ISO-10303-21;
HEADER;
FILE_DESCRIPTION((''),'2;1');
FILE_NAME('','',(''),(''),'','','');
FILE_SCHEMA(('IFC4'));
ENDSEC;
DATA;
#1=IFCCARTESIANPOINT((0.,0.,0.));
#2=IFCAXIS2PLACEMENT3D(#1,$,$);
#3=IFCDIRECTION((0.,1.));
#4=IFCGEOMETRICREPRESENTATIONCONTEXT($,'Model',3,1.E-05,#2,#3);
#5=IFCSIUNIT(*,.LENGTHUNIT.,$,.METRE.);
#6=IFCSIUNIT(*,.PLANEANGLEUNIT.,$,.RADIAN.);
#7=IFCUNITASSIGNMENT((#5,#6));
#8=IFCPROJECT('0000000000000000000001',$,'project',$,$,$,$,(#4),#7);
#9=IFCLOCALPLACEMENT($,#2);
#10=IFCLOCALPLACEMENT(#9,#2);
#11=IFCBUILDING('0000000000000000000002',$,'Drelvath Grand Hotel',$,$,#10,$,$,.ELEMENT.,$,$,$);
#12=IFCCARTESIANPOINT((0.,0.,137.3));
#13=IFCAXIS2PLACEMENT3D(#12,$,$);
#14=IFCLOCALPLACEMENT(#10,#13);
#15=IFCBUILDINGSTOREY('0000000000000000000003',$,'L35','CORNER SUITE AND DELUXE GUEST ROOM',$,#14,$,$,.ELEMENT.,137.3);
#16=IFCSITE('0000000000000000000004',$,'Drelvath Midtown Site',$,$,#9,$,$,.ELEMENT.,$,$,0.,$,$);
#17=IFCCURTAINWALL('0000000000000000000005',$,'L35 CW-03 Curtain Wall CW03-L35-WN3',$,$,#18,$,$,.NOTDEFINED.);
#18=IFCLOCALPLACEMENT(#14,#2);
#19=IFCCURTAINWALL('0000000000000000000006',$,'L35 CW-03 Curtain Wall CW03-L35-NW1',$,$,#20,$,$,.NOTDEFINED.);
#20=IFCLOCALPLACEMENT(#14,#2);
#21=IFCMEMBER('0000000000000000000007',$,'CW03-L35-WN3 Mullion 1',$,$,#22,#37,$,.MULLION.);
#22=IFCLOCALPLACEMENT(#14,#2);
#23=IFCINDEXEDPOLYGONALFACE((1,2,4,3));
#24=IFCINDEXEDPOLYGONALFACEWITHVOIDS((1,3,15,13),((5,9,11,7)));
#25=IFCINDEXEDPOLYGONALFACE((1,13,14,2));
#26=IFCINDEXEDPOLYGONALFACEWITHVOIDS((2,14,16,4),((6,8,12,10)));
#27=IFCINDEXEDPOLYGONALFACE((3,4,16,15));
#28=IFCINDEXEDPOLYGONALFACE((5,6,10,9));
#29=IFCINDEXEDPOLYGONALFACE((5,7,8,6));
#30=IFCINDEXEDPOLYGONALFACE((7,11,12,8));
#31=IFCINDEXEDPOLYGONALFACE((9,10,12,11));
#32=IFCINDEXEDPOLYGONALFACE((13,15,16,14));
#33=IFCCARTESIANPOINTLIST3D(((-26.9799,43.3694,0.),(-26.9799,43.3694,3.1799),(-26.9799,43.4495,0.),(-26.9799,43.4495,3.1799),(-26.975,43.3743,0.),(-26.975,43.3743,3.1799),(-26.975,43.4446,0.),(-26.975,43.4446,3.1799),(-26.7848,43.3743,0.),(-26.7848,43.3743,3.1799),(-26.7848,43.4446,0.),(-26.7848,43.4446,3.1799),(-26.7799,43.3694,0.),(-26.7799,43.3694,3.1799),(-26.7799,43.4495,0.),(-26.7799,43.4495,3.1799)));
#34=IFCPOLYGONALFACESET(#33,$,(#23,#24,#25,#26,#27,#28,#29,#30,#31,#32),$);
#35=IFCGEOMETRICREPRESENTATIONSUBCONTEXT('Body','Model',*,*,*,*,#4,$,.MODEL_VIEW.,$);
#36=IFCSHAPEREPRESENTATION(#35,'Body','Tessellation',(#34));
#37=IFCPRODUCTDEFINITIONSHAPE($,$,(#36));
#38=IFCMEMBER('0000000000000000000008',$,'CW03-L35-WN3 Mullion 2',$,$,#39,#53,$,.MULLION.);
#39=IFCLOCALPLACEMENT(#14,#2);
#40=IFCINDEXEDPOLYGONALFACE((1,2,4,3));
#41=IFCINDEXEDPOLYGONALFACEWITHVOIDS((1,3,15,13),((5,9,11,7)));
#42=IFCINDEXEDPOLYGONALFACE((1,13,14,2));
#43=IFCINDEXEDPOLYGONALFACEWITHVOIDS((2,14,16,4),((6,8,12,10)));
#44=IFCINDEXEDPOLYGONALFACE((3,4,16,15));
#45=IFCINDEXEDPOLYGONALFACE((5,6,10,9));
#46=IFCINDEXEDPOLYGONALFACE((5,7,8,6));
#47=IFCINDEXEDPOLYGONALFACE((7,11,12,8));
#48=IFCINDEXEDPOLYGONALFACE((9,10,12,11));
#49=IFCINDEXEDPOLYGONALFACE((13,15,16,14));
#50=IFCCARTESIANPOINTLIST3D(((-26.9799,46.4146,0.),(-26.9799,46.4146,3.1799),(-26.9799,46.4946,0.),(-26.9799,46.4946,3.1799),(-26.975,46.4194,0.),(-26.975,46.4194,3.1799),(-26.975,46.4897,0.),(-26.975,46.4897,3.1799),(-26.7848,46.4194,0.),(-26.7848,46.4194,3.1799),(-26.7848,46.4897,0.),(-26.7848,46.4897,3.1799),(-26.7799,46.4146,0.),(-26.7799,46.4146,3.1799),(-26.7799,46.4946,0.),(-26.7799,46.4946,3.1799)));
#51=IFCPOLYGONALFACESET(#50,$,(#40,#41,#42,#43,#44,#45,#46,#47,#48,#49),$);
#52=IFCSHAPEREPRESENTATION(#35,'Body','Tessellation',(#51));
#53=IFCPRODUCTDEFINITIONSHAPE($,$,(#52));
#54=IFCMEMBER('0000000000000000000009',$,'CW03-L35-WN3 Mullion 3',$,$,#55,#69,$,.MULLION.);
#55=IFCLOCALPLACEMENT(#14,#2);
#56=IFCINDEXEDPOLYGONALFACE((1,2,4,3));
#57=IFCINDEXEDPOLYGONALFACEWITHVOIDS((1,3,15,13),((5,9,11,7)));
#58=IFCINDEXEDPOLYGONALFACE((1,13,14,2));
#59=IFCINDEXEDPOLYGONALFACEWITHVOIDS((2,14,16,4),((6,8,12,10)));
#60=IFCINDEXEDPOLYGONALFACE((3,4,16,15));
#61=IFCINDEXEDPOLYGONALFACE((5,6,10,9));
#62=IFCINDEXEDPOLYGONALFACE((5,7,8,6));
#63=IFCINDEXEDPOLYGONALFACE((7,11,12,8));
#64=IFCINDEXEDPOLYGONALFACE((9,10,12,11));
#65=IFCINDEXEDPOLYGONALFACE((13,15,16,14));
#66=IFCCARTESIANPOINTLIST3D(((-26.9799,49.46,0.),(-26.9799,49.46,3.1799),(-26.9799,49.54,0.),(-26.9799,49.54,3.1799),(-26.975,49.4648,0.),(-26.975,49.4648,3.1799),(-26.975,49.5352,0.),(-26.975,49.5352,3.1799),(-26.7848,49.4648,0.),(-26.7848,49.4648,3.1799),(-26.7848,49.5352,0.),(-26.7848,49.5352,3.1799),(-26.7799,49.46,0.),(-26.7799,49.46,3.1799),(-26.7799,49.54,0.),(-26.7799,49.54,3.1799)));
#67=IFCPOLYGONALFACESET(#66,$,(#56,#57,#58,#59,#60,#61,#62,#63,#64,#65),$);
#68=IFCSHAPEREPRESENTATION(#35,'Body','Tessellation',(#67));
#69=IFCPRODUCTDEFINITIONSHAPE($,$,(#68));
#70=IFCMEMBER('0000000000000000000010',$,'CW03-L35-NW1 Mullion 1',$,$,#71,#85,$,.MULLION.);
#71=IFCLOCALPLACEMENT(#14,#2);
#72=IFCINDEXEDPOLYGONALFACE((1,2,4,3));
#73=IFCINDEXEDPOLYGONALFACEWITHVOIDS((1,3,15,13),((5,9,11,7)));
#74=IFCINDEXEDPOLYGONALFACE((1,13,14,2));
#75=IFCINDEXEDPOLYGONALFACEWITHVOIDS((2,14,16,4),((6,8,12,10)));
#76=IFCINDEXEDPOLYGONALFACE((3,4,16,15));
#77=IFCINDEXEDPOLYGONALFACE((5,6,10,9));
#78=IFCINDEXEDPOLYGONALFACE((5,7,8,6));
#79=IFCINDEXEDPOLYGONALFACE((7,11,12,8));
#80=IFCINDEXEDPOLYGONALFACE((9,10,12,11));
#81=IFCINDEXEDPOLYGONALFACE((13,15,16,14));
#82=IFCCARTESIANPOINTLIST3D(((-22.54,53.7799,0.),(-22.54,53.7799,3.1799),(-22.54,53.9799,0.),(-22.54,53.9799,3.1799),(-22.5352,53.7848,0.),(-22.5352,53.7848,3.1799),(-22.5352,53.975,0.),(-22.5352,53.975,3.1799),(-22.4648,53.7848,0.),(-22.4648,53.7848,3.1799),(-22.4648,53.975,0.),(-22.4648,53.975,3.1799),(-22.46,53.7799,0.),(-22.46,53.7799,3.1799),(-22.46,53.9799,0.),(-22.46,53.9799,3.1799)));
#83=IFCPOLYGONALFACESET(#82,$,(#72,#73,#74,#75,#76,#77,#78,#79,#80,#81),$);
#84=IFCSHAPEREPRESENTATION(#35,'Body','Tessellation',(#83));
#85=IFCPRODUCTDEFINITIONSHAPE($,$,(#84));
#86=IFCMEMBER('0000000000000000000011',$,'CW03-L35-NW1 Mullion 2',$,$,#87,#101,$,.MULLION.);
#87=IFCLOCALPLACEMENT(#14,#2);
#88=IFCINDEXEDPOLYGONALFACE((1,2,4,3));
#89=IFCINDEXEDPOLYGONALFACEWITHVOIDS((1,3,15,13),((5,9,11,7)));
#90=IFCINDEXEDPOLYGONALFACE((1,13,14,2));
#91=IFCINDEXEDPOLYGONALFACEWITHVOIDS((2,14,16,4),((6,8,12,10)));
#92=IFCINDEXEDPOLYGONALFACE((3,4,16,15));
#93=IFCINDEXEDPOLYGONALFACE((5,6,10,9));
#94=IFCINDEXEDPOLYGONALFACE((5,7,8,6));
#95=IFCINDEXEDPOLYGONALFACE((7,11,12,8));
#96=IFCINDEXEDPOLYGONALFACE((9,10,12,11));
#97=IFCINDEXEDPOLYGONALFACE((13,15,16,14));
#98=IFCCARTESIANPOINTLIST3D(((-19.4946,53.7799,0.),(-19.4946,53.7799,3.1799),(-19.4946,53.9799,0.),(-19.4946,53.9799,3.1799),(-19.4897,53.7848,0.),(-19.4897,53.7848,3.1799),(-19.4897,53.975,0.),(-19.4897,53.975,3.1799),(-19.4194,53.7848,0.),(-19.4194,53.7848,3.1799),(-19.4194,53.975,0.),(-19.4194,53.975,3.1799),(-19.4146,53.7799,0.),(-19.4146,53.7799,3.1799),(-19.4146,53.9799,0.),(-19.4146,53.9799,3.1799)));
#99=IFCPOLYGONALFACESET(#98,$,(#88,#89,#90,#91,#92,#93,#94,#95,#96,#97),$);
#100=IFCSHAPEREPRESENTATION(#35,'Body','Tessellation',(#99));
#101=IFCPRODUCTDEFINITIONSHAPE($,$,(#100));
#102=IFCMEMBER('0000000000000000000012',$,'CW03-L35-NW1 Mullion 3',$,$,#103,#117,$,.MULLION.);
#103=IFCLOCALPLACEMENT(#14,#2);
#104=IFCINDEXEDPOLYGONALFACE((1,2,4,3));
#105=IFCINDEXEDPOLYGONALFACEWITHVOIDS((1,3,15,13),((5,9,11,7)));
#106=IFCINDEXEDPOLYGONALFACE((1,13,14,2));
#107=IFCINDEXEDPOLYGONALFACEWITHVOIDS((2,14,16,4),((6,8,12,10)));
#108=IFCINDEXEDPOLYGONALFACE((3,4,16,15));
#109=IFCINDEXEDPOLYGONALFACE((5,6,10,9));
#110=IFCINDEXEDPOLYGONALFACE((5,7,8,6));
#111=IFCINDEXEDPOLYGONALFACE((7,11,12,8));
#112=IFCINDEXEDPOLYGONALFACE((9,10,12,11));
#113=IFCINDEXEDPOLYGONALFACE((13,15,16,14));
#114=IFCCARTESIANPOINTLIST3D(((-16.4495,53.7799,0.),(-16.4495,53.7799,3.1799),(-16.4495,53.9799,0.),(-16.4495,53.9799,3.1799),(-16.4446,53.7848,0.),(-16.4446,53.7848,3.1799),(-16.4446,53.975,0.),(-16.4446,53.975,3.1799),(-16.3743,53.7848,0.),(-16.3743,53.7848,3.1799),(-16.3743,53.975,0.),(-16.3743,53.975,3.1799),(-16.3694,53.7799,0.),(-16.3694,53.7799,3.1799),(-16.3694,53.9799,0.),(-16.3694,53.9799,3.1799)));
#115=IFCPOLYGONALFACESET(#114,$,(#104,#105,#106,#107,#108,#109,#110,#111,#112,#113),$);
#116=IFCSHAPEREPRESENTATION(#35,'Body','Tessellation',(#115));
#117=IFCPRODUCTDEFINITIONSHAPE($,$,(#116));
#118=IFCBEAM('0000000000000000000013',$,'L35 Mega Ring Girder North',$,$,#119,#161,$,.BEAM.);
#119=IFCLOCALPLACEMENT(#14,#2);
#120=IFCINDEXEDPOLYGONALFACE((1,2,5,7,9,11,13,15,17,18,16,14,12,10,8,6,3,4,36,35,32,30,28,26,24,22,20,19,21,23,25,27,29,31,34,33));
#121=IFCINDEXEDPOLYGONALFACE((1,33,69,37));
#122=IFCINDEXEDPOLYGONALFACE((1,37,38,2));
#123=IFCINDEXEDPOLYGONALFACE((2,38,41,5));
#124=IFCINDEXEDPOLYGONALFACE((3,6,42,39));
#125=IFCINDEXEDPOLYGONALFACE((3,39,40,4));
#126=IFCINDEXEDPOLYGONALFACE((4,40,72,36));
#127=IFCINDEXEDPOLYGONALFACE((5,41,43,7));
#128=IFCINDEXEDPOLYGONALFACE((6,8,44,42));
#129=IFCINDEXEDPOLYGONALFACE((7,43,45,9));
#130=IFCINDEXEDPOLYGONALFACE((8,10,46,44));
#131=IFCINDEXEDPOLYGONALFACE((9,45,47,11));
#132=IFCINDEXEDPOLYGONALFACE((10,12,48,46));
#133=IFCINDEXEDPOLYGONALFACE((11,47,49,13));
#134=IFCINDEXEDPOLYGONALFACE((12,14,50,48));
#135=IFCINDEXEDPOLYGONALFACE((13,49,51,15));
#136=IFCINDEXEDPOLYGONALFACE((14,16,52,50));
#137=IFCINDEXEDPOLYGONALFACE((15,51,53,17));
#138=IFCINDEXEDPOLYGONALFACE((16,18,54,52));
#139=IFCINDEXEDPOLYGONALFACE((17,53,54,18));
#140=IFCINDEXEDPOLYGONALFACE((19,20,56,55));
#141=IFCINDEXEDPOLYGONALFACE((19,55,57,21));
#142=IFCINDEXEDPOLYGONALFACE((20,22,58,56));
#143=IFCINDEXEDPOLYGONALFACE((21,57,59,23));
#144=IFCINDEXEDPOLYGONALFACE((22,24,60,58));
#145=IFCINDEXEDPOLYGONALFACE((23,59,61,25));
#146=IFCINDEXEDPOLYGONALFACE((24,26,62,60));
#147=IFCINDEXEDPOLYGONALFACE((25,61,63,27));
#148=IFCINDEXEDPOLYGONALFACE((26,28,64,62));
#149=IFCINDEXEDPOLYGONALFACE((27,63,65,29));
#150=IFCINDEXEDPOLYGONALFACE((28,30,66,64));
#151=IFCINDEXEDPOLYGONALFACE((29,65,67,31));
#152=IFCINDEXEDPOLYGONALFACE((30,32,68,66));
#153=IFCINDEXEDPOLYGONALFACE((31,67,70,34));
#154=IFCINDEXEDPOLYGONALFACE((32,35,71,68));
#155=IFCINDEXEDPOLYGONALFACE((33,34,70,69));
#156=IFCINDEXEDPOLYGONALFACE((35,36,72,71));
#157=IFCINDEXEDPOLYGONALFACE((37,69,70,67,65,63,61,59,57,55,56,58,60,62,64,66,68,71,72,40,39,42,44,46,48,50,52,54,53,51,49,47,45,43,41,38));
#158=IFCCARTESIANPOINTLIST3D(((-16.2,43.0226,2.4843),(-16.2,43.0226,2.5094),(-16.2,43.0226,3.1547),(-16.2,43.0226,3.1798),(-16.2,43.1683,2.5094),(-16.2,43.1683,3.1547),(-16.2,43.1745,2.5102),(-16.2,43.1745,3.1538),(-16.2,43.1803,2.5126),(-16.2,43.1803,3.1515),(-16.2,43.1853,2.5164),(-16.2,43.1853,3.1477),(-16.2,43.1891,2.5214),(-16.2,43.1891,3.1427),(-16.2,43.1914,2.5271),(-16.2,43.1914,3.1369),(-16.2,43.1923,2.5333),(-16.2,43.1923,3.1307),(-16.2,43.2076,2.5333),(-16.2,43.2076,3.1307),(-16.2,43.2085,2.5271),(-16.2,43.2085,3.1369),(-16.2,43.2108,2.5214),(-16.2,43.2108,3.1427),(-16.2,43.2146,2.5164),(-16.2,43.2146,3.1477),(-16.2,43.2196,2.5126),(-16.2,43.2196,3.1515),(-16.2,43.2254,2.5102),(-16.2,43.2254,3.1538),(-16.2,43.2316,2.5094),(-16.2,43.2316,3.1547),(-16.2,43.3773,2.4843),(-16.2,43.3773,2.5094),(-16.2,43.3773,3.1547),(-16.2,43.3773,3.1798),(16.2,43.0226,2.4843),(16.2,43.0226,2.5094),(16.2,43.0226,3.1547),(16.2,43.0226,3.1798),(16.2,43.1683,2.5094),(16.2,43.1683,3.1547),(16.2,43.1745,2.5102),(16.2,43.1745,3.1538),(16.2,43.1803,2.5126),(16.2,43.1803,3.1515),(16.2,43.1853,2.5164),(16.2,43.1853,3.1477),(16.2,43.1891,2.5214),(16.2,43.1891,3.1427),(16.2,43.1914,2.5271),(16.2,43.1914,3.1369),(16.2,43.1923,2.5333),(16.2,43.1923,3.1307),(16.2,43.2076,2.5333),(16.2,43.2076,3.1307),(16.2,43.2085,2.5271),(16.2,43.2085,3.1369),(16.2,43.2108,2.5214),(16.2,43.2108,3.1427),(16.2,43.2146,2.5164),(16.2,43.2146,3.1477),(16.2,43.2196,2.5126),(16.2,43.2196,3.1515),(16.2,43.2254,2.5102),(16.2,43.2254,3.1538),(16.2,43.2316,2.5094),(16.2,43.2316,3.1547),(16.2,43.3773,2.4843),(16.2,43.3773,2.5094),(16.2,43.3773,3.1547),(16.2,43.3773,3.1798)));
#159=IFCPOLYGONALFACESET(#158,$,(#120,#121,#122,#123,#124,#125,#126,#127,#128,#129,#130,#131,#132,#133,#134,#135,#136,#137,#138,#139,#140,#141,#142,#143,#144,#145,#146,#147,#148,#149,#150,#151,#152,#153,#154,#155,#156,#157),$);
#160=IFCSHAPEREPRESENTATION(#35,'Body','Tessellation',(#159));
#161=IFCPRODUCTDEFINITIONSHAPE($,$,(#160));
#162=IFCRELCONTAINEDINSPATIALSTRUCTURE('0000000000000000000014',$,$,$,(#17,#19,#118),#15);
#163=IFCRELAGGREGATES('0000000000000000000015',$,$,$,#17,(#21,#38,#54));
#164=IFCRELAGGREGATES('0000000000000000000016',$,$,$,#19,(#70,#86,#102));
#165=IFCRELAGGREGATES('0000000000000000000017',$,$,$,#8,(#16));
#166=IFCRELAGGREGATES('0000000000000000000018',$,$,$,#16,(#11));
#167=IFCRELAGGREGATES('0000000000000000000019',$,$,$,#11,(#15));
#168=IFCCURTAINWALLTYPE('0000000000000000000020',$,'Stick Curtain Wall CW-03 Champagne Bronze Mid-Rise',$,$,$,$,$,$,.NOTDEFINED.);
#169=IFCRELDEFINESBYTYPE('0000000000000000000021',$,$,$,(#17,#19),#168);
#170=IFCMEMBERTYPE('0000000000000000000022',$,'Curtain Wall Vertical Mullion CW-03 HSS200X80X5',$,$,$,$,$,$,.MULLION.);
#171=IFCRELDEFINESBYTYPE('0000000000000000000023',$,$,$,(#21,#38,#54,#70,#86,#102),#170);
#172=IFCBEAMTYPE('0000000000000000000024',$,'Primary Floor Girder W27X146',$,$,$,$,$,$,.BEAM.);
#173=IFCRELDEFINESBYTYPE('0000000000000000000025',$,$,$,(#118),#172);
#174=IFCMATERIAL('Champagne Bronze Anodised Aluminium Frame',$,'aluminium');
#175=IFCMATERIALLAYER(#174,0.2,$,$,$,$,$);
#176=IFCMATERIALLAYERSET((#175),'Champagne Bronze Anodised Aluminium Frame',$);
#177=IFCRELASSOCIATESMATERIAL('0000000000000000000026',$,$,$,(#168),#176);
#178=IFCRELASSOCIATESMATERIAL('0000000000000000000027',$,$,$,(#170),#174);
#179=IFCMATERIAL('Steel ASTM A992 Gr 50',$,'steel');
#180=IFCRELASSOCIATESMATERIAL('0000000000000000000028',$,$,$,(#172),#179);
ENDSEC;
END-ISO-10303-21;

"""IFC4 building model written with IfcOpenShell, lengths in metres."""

from ifc_helpers import new_model, si_unit, direction, frame, origin, origin_2d, place, context, subcontext, project, spatial, hollow_rectangle, i_section, extrude, material, layer, layer_set, material_profile, profile_set, type_object, element, aggregate, save


model = new_model("IFC4")

# Units and contexts
model_context = context("Model", 3, precision=1e-05, world=origin(), true_north=direction((0.0, 1.0)))
body_context = subcontext(model_context, "Body", "Model", "MODEL_VIEW")
ifc_project = project(units=[si_unit("LENGTHUNIT", "METRE"), si_unit("PLANEANGLEUNIT", "RADIAN")], contexts=[model_context])

# Site, building, storey
site_placement = place(None, origin())
site = spatial("IfcSite", under=ifc_project, at=site_placement, Name="Drelvath Midtown Site", CompositionType="ELEMENT", RefElevation=0.0)
building_placement = place(site_placement, origin())
building = spatial("IfcBuilding", under=site, at=building_placement, Name="Drelvath Grand Hotel", CompositionType="ELEMENT")
storey_placement = place(building_placement, frame((0.0, 0.0, 137.3)))
storey = spatial("IfcBuildingStorey", under=building, at=storey_placement, Name="L35", Description="CORNER SUITE AND DELUXE GUEST ROOM", CompositionType="ELEMENT", Elevation=137.3)

# Shared definitions
ifc_material_1 = material(Name="Steel ASTM A992 Gr 50", Category="steel")

# Curtain walls
ifc_material_2 = material(Name="Champagne Bronze Anodised Aluminium Frame", Category="aluminium")
ifc_layer_1 = layer(ifc_material_2, 0.2)
ifc_layer_set_1 = layer_set([ifc_layer_1], Name="Champagne Bronze Anodised Aluminium Frame")
curtain_wall_type = type_object("IfcCurtainWallType", Name="Stick Curtain Wall CW-03 Champagne Bronze Mid-Rise", PredefinedType="NOTDEFINED", material=ifc_layer_set_1)
curtain_wall_1_placement = place(storey_placement, origin())
curtain_wall_1 = element("IfcCurtainWall", 1, at=curtain_wall_1_placement, inside=storey, type_object=curtain_wall_type, Name="L35 CW-03 Curtain Wall CW03-L35-WN3", PredefinedType="NOTDEFINED")
curtain_wall_2_placement = place(storey_placement, origin())
curtain_wall_2 = element("IfcCurtainWall", 2, at=curtain_wall_2_placement, inside=storey, type_object=curtain_wall_type, Name="L35 CW-03 Curtain Wall CW03-L35-NW1", PredefinedType="NOTDEFINED")

# Shared definitions
ifc_material_profile_1 = material_profile(ifc_material_2, hollow_rectangle(XDim=0.0801, YDim=0.2, WallThickness=0.0049, at=origin_2d()), Name="HSS200X80X5")
ifc_profile_set_1 = profile_set([ifc_material_profile_1], Name="Champagne Bronze Anodised Aluminium Frame")
member_type_1 = type_object("IfcMemberType", Name="Curtain Wall Vertical Mullion CW-03 HSS200X80X5", PredefinedType="MULLION", material=ifc_profile_set_1)

# Members
member_1_placement = place(storey_placement, frame((-26.8799, 43.4094, 0.0), z_axis=(0.0, 0.0, 1.0), x_axis=(0.0, 1.0, 0.0)))
member_1 = element("IfcMember", 3, at=member_1_placement, type_object=member_type_1, Name="CW03-L35-WN3 Mullion 1", PredefinedType="MULLION", context=body_context, shape_type="SweptSolid", body=[
    extrude(hollow_rectangle(XDim=0.0801, YDim=0.2, WallThickness=0.0049, at=origin_2d()), origin(), (0.0, 0.0, 1.0), 3.1799),
])
member_2_placement = place(storey_placement, frame((-26.8799, 46.4546, 0.0), z_axis=(0.0, 0.0, 1.0), x_axis=(0.0, 1.0, 0.0)))
member_2 = element("IfcMember", 4, at=member_2_placement, type_object=member_type_1, Name="CW03-L35-WN3 Mullion 2", PredefinedType="MULLION", context=body_context, shape_type="SweptSolid", body=[
    extrude(hollow_rectangle(XDim=0.0801, YDim=0.2, WallThickness=0.0049, at=origin_2d()), origin(), (0.0, 0.0, 1.0), 3.1799),
])
member_3_placement = place(storey_placement, frame((-26.8799, 49.5, 0.0), z_axis=(0.0, 0.0, 1.0), x_axis=(0.0, 1.0, 0.0)))
member_3 = element("IfcMember", 5, at=member_3_placement, type_object=member_type_1, Name="CW03-L35-WN3 Mullion 3", PredefinedType="MULLION", context=body_context, shape_type="SweptSolid", body=[
    extrude(hollow_rectangle(XDim=0.0801, YDim=0.2, WallThickness=0.0049, at=origin_2d()), origin(), (0.0, 0.0, 1.0), 3.1799),
])
member_4_placement = place(storey_placement, frame((-22.5, 53.8799, 0.0), z_axis=(0.0, 0.0, 1.0), x_axis=(1.0, 0.0, 0.0)))
member_4 = element("IfcMember", 6, at=member_4_placement, type_object=member_type_1, Name="CW03-L35-NW1 Mullion 1", PredefinedType="MULLION", context=body_context, shape_type="SweptSolid", body=[
    extrude(hollow_rectangle(XDim=0.0801, YDim=0.2, WallThickness=0.0049, at=origin_2d()), origin(), (0.0, 0.0, 1.0), 3.1799),
])
member_5_placement = place(storey_placement, frame((-19.4546, 53.8799, 0.0), z_axis=(0.0, 0.0, 1.0), x_axis=(1.0, 0.0, 0.0)))
member_5 = element("IfcMember", 7, at=member_5_placement, type_object=member_type_1, Name="CW03-L35-NW1 Mullion 2", PredefinedType="MULLION", context=body_context, shape_type="SweptSolid", body=[
    extrude(hollow_rectangle(XDim=0.0801, YDim=0.2, WallThickness=0.0049, at=origin_2d()), origin(), (0.0, 0.0, 1.0), 3.1799),
])
member_6_placement = place(storey_placement, frame((-16.4094, 53.8799, 0.0), z_axis=(0.0, 0.0, 1.0), x_axis=(1.0, 0.0, 0.0)))
member_6 = element("IfcMember", 8, at=member_6_placement, type_object=member_type_1, Name="CW03-L35-NW1 Mullion 3", PredefinedType="MULLION", context=body_context, shape_type="SweptSolid", body=[
    extrude(hollow_rectangle(XDim=0.0801, YDim=0.2, WallThickness=0.0049, at=origin_2d()), origin(), (0.0, 0.0, 1.0), 3.1799),
])

# Beam
ifc_material_profile_2 = material_profile(ifc_material_1, i_section(OverallWidth=0.3547, OverallDepth=0.6956, WebThickness=0.0154, FlangeThickness=0.0251, FilletRadius=0.0239, at=origin_2d()), Name="W27X146")
ifc_profile_set_2 = profile_set([ifc_material_profile_2], Name="Steel ASTM A992 Gr 50")
beam_type_1 = type_object("IfcBeamType", Name="Primary Floor Girder W27X146", PredefinedType="BEAM", material=ifc_profile_set_2)
beam_1_placement = place(storey_placement, frame((-16.2, 43.2, 2.832), z_axis=(1.0, 0.0, 0.0), x_axis=(0.0, 1.0, 0.0)))
element("IfcBeam", 9, at=beam_1_placement, inside=storey, type_object=beam_type_1, Name="L35 Mega Ring Girder North", PredefinedType="BEAM", context=body_context, shape_type="SweptSolid", body=[
    extrude(i_section(OverallWidth=0.3547, OverallDepth=0.6956, WebThickness=0.0154, FlangeThickness=0.0251, FilletRadius=0.0239, at=origin_2d()), origin(), (0.0, 0.0, 1.0), 32.3999),
])

aggregate(curtain_wall_1, [member_1, member_2, member_3])
aggregate(curtain_wall_2, [member_4, member_5, member_6])

save(model, "model.ifc")
